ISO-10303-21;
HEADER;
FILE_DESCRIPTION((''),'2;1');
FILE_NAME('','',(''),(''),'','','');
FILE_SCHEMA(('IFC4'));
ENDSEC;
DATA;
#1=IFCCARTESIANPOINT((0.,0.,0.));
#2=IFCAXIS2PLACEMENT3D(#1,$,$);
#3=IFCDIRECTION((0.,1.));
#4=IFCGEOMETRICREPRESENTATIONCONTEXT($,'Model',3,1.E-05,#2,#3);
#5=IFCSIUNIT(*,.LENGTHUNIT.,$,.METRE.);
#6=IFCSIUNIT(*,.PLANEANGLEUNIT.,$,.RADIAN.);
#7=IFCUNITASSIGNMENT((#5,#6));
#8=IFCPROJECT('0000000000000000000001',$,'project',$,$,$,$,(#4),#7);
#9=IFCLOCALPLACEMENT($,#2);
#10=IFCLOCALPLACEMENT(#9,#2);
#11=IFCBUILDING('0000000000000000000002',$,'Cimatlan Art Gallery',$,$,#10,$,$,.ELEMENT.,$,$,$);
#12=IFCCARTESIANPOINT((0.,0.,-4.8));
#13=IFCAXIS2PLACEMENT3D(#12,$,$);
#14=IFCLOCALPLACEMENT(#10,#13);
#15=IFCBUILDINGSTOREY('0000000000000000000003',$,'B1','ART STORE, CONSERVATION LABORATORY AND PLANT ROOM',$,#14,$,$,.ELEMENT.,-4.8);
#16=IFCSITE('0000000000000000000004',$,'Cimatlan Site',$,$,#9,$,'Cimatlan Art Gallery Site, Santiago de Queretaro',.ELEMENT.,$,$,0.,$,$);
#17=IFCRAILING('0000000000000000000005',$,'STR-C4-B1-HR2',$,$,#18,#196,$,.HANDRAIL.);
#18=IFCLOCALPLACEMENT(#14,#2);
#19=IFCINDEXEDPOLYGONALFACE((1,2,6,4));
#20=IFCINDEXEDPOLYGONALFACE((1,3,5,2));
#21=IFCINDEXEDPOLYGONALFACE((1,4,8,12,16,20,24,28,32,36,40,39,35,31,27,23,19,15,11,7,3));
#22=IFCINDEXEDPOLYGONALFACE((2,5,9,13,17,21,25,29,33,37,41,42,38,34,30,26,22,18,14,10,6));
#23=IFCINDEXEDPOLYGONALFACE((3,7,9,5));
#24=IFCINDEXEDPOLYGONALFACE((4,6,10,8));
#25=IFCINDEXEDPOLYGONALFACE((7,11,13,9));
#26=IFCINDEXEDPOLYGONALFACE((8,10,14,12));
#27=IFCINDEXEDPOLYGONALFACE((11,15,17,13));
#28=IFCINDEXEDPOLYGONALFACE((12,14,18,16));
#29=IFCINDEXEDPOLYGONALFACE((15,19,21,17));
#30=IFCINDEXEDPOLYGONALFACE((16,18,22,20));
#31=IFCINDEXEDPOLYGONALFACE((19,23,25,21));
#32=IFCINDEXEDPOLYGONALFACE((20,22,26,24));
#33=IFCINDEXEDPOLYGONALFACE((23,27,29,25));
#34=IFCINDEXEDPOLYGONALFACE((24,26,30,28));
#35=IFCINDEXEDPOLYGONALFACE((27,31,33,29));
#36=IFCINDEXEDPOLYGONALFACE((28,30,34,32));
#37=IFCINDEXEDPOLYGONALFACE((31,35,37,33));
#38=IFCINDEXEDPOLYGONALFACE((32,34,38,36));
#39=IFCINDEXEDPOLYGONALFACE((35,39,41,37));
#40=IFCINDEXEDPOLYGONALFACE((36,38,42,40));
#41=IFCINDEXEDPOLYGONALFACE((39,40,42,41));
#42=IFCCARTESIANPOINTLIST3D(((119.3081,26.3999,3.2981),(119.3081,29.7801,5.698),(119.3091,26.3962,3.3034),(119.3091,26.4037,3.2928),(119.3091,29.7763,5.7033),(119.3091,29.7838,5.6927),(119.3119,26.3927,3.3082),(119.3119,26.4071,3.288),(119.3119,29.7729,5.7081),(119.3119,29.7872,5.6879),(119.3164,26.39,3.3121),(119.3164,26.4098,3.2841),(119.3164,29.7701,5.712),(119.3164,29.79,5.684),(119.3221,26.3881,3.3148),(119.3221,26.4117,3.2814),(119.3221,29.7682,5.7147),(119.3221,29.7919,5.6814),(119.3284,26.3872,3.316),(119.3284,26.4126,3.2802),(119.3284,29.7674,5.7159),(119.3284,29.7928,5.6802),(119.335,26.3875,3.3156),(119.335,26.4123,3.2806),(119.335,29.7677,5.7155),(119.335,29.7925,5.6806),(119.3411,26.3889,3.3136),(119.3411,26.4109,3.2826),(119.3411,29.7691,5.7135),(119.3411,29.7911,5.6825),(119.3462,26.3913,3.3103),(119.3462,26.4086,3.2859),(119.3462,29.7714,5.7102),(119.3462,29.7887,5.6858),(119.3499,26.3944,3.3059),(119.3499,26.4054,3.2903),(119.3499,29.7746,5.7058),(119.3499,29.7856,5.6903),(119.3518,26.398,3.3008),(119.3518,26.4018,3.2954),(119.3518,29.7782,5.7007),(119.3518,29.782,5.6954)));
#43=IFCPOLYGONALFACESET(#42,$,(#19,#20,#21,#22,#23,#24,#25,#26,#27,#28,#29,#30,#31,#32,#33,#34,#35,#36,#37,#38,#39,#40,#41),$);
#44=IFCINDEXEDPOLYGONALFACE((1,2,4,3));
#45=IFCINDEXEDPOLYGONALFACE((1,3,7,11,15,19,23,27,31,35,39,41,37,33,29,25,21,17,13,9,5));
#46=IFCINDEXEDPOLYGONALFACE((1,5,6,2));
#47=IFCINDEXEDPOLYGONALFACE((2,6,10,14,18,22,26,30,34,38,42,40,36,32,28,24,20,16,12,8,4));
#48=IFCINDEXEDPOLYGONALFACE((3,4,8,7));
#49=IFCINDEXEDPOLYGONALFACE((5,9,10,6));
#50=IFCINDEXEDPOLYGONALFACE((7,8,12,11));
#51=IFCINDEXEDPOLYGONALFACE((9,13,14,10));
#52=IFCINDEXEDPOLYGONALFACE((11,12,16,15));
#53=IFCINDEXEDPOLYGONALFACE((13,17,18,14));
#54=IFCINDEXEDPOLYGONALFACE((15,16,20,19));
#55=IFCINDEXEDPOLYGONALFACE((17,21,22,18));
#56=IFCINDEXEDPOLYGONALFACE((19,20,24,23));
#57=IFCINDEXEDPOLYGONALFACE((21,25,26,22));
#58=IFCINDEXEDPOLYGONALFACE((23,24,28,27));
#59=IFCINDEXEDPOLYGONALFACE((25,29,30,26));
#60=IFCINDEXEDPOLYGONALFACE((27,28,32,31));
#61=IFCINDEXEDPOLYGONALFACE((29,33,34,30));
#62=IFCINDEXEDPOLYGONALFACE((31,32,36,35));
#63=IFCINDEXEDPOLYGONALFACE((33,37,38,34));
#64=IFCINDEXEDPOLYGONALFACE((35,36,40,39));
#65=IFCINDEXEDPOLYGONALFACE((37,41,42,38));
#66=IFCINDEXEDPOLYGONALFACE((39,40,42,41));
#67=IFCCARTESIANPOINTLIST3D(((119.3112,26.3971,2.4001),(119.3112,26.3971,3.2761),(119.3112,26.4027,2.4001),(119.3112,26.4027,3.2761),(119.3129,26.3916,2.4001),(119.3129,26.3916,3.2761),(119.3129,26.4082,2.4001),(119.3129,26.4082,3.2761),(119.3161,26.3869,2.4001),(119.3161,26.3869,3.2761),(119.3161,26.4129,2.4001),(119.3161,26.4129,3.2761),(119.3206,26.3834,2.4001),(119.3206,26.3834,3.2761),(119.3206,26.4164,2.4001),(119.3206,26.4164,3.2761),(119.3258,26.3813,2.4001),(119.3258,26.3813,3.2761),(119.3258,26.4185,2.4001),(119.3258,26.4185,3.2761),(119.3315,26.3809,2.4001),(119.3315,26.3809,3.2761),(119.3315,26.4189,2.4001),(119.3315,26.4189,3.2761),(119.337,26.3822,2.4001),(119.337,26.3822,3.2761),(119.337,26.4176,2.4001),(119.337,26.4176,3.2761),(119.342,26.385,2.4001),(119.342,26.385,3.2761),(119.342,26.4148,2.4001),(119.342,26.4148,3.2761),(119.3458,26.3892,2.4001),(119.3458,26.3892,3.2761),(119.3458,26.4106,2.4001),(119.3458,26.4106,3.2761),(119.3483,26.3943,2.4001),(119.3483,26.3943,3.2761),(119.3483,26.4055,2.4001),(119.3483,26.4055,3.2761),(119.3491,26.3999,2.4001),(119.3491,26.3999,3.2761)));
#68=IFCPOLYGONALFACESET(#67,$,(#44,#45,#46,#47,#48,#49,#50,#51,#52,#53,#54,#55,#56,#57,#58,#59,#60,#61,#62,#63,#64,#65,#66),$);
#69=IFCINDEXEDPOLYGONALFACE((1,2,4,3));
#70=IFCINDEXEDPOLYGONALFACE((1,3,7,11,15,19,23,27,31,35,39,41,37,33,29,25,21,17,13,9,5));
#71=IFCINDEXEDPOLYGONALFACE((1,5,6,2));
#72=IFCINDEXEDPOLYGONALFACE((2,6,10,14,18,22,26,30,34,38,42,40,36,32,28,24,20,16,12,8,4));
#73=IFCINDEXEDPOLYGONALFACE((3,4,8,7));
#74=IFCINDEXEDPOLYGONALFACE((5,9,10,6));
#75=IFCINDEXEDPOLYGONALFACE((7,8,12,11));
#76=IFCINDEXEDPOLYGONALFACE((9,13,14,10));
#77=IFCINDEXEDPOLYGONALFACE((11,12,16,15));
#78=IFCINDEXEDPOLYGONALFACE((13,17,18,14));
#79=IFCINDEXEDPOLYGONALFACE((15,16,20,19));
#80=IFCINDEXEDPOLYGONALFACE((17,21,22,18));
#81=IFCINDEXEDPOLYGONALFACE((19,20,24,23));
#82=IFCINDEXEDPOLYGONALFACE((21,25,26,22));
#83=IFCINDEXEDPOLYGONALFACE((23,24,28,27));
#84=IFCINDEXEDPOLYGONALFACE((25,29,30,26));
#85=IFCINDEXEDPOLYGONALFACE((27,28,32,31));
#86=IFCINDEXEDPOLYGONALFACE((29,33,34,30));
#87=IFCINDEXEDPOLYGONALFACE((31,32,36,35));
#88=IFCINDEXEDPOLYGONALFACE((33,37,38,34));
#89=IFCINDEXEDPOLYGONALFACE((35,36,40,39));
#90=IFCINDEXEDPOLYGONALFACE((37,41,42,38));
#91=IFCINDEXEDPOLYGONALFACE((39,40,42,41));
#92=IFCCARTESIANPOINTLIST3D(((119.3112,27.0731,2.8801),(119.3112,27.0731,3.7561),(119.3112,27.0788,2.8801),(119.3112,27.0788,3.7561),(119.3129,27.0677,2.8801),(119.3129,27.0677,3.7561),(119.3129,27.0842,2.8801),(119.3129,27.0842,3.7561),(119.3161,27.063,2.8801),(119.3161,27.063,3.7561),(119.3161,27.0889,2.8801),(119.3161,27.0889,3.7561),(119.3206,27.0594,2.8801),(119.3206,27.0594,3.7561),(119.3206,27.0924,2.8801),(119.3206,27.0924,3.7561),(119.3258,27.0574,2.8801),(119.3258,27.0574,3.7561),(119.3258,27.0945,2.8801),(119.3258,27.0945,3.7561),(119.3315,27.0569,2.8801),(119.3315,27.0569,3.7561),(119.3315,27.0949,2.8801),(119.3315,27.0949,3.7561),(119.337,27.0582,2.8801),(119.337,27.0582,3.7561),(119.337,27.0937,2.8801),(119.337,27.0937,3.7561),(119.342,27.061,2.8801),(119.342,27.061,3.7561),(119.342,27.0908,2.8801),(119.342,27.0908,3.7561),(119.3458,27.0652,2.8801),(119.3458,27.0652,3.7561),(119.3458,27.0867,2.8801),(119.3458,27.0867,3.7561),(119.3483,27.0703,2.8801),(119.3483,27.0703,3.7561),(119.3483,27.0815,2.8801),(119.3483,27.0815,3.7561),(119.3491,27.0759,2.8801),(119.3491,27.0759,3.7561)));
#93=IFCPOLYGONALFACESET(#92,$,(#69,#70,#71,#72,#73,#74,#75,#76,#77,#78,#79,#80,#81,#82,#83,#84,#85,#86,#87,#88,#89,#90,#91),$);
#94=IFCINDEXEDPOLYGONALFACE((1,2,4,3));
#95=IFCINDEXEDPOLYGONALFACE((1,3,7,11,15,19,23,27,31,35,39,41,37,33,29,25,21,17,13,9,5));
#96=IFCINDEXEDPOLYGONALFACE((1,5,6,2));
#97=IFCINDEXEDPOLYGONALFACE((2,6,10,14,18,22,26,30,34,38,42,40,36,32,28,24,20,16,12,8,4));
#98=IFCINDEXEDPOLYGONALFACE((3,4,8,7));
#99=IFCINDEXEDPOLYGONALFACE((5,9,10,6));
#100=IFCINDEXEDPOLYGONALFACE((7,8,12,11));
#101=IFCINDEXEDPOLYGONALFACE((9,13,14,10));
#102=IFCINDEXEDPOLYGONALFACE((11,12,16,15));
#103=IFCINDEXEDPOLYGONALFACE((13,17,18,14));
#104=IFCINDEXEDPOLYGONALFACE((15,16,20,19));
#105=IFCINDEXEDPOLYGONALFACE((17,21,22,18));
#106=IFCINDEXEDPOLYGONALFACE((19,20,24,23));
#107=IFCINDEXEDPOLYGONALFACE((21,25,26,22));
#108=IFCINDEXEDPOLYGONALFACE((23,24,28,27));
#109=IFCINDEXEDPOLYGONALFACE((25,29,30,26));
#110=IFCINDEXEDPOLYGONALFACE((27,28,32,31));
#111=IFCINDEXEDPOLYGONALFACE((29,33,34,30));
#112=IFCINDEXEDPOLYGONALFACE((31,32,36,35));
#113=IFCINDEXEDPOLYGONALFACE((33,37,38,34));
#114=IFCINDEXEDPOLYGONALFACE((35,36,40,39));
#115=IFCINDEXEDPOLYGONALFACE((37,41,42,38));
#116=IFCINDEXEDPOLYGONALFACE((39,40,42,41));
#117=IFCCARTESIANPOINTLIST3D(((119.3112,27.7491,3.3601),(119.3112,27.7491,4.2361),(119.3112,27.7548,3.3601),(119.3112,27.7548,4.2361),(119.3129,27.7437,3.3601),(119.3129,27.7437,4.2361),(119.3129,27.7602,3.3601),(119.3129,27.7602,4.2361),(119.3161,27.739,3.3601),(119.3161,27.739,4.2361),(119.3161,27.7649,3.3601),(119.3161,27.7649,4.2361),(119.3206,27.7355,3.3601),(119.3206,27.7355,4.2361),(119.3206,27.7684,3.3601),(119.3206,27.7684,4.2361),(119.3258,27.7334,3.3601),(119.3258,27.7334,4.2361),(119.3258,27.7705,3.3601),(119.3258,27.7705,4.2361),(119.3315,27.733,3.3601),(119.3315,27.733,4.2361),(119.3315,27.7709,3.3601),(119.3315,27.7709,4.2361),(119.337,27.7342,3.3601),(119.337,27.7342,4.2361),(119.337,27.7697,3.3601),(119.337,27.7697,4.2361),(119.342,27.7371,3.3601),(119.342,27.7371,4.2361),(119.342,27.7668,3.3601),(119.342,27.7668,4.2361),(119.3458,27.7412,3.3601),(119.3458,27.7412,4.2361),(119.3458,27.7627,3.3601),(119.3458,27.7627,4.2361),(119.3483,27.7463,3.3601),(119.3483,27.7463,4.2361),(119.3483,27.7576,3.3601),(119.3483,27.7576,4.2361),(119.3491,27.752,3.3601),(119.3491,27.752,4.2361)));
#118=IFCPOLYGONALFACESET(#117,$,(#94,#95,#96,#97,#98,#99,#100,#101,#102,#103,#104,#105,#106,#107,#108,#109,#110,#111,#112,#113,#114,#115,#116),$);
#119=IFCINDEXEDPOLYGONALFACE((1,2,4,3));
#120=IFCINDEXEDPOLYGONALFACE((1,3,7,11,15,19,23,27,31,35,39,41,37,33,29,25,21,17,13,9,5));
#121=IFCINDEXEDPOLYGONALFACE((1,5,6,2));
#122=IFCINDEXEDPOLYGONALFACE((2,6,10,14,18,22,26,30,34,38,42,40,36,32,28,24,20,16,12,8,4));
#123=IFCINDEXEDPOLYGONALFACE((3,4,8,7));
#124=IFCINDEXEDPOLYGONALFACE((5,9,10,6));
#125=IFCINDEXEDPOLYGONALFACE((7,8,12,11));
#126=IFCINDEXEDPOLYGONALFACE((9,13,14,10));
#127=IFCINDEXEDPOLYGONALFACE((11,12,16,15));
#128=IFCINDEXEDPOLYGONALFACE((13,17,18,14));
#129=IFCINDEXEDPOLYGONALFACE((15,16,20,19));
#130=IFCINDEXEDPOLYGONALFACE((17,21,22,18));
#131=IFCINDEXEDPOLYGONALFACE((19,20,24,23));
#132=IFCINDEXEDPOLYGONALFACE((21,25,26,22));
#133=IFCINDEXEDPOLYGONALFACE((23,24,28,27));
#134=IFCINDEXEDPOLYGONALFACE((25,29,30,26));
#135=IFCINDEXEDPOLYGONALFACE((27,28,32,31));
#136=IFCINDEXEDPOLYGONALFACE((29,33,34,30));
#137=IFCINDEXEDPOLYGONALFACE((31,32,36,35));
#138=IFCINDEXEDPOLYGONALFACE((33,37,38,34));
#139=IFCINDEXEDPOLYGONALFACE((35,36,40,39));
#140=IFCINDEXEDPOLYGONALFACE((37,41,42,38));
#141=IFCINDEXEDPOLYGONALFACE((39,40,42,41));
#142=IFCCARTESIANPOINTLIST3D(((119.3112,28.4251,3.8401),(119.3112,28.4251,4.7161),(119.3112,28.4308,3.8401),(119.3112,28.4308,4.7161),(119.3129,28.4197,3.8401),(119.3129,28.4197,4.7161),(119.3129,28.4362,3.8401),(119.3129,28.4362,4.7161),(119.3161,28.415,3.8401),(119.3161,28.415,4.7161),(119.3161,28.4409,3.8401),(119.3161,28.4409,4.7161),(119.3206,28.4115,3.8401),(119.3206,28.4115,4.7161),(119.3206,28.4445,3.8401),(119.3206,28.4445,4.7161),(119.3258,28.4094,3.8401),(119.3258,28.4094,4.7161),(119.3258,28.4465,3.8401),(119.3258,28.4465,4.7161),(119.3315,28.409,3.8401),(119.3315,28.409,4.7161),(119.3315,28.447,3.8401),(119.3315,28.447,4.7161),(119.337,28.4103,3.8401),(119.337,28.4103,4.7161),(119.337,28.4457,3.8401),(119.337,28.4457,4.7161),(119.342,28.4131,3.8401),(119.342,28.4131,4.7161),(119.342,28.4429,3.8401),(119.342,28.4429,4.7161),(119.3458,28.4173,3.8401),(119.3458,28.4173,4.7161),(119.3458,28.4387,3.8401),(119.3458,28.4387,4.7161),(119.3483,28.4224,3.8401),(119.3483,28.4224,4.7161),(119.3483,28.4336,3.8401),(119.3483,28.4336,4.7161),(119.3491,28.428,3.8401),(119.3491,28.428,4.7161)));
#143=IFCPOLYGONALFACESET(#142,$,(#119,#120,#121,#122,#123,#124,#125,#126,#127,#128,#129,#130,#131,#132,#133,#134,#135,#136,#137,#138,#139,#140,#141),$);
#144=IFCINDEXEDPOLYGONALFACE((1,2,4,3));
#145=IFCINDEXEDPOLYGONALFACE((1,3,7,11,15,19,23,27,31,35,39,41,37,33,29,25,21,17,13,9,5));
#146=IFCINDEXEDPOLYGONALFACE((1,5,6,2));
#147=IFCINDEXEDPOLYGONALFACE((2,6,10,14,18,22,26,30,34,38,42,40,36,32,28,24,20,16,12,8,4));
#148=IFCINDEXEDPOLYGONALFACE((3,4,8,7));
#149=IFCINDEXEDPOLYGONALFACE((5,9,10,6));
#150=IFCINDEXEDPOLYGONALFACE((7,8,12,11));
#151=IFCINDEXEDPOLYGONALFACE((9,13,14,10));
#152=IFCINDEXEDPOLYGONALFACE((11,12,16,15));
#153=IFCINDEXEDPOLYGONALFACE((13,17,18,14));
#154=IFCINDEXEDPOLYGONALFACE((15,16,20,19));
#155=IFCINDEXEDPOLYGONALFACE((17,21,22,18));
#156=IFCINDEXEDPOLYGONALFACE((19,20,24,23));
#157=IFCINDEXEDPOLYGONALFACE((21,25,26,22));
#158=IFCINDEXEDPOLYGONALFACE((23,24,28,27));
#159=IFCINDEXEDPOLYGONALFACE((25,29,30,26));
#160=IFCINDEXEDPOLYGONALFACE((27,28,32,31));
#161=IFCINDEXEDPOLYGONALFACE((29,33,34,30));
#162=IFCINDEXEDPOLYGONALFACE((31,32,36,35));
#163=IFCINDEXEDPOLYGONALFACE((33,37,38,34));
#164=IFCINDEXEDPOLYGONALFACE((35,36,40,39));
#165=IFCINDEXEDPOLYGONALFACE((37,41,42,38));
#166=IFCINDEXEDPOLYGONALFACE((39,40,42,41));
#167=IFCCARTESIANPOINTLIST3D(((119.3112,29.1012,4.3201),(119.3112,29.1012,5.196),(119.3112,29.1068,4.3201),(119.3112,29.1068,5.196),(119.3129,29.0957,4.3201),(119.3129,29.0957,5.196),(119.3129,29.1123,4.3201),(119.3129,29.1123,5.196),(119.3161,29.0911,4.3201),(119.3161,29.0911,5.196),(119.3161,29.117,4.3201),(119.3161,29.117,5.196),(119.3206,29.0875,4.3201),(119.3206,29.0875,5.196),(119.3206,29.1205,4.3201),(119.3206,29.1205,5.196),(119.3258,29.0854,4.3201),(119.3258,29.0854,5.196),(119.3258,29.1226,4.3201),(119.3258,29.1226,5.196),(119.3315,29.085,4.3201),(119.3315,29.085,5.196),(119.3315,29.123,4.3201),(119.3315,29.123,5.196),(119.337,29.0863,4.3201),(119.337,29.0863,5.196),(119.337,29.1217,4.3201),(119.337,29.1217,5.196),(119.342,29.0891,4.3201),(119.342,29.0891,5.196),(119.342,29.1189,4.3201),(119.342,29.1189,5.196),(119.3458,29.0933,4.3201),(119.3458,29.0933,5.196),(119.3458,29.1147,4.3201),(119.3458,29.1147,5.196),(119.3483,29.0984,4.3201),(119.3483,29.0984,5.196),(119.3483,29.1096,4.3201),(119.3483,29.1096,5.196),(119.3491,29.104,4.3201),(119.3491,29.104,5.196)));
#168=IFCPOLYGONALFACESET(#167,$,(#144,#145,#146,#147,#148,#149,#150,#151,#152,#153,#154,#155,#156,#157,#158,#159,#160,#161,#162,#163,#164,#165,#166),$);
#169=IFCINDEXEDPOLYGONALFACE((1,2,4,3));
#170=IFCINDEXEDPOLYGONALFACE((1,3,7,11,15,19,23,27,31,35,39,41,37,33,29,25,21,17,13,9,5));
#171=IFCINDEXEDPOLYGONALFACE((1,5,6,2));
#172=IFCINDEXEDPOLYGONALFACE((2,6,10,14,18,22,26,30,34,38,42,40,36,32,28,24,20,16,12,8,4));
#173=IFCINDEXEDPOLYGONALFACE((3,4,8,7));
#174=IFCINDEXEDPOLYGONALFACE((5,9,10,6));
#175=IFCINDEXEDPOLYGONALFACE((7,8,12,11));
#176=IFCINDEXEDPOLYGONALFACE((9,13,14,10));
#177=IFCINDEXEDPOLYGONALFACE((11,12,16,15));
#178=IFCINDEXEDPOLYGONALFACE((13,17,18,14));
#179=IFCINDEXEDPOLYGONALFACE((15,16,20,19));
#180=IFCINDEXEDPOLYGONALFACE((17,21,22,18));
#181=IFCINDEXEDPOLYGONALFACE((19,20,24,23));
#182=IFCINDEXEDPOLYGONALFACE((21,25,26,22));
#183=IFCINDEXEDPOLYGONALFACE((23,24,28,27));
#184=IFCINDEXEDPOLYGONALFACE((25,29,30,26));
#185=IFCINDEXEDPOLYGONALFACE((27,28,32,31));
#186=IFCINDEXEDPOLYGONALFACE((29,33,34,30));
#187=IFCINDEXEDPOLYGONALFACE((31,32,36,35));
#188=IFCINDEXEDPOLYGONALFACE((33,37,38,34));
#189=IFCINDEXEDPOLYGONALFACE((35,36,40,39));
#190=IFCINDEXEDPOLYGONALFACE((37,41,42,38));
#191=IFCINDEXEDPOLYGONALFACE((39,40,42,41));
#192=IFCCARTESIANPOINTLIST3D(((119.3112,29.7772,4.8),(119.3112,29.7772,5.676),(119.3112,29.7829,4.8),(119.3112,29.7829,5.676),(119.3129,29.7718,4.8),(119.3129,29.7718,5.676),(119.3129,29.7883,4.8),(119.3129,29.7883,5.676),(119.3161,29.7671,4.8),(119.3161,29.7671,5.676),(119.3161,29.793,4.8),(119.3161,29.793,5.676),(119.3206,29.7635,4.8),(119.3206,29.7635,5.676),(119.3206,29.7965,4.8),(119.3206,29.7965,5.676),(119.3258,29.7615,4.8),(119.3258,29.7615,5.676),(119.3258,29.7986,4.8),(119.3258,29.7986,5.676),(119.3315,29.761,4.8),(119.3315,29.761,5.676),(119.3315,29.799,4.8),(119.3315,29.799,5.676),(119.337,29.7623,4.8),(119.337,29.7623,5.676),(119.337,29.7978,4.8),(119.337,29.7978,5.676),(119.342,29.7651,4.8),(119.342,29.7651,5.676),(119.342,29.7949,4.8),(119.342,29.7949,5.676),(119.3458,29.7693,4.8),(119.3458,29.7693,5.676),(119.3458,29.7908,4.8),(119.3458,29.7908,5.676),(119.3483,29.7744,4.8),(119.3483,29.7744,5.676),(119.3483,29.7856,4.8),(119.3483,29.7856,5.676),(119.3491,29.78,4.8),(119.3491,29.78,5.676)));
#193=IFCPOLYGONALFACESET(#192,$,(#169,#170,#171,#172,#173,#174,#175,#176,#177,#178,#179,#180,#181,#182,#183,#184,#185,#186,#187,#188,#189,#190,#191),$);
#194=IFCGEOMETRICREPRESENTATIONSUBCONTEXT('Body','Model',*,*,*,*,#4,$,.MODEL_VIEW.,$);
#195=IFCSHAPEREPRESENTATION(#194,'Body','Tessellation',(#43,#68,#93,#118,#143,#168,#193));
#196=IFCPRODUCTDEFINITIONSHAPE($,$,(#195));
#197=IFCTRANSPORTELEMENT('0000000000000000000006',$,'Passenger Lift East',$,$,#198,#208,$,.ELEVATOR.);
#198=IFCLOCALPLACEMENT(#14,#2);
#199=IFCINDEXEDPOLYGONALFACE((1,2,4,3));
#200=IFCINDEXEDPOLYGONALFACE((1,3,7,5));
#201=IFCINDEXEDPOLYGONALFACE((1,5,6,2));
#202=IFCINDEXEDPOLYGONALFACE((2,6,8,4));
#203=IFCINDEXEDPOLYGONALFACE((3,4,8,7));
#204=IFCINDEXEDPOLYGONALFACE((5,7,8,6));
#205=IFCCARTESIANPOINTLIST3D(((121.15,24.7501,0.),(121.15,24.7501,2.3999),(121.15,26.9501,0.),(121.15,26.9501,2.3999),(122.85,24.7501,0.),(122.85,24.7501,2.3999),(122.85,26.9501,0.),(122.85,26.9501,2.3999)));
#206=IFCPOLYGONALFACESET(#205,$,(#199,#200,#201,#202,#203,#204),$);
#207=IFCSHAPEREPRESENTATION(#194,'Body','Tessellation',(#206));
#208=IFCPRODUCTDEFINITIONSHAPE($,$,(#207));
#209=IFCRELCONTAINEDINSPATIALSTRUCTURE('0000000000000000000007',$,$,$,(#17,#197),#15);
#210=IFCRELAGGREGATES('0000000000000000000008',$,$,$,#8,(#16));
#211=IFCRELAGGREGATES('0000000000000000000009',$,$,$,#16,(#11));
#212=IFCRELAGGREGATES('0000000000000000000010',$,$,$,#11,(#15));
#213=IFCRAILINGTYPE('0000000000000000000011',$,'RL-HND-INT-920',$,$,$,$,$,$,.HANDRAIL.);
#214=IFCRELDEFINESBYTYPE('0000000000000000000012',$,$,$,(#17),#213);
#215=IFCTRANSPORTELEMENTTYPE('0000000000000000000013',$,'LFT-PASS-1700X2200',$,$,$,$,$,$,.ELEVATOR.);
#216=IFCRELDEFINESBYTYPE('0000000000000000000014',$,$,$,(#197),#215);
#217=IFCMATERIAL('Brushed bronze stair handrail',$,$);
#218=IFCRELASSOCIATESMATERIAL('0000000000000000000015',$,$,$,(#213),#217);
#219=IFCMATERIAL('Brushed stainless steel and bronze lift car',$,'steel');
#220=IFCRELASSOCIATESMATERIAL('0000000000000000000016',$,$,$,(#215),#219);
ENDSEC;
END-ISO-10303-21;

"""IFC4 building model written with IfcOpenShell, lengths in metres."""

from ifc_helpers import new_model, si_unit, direction, frame, origin, origin_2d, place, context, subcontext, project, spatial, rectangle, circle, extrude, material, type_object, element, save


model = new_model("IFC4")

# Units and contexts
model_context = context("Model", 3, precision=1e-05, world=origin(), true_north=direction((0.0, 1.0)))
body_context = subcontext(model_context, "Body", "Model", "MODEL_VIEW")
ifc_project = project(units=[si_unit("LENGTHUNIT", "METRE"), si_unit("PLANEANGLEUNIT", "RADIAN")], contexts=[model_context])

# Site, building, storey
site_placement = place(None, origin())
site = spatial("IfcSite", under=ifc_project, at=site_placement, Name="Cimatlan Site", LongName="Cimatlan Art Gallery Site, Santiago de Queretaro", CompositionType="ELEMENT", RefElevation=0.0)
building_placement = place(site_placement, origin())
building = spatial("IfcBuilding", under=site, at=building_placement, Name="Cimatlan Art Gallery", CompositionType="ELEMENT")
storey_placement = place(building_placement, frame((0.0, 0.0, -4.8)))
storey = spatial("IfcBuildingStorey", under=building, at=storey_placement, Name="B1", Description="ART STORE, CONSERVATION LABORATORY AND PLANT ROOM", CompositionType="ELEMENT", Elevation=-4.8)

# Railing
ifc_material_1 = material(Name="Brushed bronze stair handrail")
railing_type_1 = type_object("IfcRailingType", Name="RL-HND-INT-920", PredefinedType="HANDRAIL", material=ifc_material_1)
railing_1_placement = place(storey_placement, frame((119.3301, 26.3999, 2.4001)))
element("IfcRailing", 1, at=railing_1_placement, inside=storey, type_object=railing_type_1, Name="STR-C4-B1-HR2", PredefinedType="HANDRAIL", context=body_context, shape_type="SweptSolid", body=[
    extrude(circle(Radius=0.022, at=origin_2d()), frame((0.0, 0.0, 0.8979), z_axis=(0.0, 0.815382, 0.578924), x_axis=(-1.0, 0.0, 0.0)), (0.0, 0.0, 1.0), 4.1455),
    extrude(circle(Radius=0.019, at=origin_2d()), origin(), (0.0, 0.0, 1.0), 0.876),
    extrude(circle(Radius=0.019, at=origin_2d()), frame((0.0, 0.676, 0.48)), (0.0, 0.0, 1.0), 0.876),
    extrude(circle(Radius=0.019, at=origin_2d()), frame((0.0, 1.3521, 0.96)), (0.0, 0.0, 1.0), 0.876),
    extrude(circle(Radius=0.019, at=origin_2d()), frame((0.0, 2.0281, 1.4399)), (0.0, 0.0, 1.0), 0.876),
    extrude(circle(Radius=0.019, at=origin_2d()), frame((0.0, 2.7041, 1.9199)), (0.0, 0.0, 1.0), 0.876),
    extrude(circle(Radius=0.019, at=origin_2d()), frame((0.0, 3.3801, 2.3999)), (0.0, 0.0, 1.0), 0.876),
])

# Transport element
ifc_material_2 = material(Name="Brushed stainless steel and bronze lift car", Category="steel")
transport_element_type = type_object("IfcTransportElementType", Name="LFT-PASS-1700X2200", PredefinedType="ELEVATOR", material=ifc_material_2)
transport_element_placement = place(storey_placement, frame((122.0, 25.8501, 0.0), z_axis=(0.0, 0.0, 1.0), x_axis=(1.0, 0.0, 0.0)))
element("IfcTransportElement", 2, at=transport_element_placement, inside=storey, type_object=transport_element_type, Name="Passenger Lift East", PredefinedType="ELEVATOR", context=body_context, shape_type="SweptSolid", body=[
    extrude(rectangle(XDim=1.7, YDim=2.2, at=origin_2d()), origin(), (0.0, 0.0, 1.0), 2.3999),
])

save(model, "model.ifc")
